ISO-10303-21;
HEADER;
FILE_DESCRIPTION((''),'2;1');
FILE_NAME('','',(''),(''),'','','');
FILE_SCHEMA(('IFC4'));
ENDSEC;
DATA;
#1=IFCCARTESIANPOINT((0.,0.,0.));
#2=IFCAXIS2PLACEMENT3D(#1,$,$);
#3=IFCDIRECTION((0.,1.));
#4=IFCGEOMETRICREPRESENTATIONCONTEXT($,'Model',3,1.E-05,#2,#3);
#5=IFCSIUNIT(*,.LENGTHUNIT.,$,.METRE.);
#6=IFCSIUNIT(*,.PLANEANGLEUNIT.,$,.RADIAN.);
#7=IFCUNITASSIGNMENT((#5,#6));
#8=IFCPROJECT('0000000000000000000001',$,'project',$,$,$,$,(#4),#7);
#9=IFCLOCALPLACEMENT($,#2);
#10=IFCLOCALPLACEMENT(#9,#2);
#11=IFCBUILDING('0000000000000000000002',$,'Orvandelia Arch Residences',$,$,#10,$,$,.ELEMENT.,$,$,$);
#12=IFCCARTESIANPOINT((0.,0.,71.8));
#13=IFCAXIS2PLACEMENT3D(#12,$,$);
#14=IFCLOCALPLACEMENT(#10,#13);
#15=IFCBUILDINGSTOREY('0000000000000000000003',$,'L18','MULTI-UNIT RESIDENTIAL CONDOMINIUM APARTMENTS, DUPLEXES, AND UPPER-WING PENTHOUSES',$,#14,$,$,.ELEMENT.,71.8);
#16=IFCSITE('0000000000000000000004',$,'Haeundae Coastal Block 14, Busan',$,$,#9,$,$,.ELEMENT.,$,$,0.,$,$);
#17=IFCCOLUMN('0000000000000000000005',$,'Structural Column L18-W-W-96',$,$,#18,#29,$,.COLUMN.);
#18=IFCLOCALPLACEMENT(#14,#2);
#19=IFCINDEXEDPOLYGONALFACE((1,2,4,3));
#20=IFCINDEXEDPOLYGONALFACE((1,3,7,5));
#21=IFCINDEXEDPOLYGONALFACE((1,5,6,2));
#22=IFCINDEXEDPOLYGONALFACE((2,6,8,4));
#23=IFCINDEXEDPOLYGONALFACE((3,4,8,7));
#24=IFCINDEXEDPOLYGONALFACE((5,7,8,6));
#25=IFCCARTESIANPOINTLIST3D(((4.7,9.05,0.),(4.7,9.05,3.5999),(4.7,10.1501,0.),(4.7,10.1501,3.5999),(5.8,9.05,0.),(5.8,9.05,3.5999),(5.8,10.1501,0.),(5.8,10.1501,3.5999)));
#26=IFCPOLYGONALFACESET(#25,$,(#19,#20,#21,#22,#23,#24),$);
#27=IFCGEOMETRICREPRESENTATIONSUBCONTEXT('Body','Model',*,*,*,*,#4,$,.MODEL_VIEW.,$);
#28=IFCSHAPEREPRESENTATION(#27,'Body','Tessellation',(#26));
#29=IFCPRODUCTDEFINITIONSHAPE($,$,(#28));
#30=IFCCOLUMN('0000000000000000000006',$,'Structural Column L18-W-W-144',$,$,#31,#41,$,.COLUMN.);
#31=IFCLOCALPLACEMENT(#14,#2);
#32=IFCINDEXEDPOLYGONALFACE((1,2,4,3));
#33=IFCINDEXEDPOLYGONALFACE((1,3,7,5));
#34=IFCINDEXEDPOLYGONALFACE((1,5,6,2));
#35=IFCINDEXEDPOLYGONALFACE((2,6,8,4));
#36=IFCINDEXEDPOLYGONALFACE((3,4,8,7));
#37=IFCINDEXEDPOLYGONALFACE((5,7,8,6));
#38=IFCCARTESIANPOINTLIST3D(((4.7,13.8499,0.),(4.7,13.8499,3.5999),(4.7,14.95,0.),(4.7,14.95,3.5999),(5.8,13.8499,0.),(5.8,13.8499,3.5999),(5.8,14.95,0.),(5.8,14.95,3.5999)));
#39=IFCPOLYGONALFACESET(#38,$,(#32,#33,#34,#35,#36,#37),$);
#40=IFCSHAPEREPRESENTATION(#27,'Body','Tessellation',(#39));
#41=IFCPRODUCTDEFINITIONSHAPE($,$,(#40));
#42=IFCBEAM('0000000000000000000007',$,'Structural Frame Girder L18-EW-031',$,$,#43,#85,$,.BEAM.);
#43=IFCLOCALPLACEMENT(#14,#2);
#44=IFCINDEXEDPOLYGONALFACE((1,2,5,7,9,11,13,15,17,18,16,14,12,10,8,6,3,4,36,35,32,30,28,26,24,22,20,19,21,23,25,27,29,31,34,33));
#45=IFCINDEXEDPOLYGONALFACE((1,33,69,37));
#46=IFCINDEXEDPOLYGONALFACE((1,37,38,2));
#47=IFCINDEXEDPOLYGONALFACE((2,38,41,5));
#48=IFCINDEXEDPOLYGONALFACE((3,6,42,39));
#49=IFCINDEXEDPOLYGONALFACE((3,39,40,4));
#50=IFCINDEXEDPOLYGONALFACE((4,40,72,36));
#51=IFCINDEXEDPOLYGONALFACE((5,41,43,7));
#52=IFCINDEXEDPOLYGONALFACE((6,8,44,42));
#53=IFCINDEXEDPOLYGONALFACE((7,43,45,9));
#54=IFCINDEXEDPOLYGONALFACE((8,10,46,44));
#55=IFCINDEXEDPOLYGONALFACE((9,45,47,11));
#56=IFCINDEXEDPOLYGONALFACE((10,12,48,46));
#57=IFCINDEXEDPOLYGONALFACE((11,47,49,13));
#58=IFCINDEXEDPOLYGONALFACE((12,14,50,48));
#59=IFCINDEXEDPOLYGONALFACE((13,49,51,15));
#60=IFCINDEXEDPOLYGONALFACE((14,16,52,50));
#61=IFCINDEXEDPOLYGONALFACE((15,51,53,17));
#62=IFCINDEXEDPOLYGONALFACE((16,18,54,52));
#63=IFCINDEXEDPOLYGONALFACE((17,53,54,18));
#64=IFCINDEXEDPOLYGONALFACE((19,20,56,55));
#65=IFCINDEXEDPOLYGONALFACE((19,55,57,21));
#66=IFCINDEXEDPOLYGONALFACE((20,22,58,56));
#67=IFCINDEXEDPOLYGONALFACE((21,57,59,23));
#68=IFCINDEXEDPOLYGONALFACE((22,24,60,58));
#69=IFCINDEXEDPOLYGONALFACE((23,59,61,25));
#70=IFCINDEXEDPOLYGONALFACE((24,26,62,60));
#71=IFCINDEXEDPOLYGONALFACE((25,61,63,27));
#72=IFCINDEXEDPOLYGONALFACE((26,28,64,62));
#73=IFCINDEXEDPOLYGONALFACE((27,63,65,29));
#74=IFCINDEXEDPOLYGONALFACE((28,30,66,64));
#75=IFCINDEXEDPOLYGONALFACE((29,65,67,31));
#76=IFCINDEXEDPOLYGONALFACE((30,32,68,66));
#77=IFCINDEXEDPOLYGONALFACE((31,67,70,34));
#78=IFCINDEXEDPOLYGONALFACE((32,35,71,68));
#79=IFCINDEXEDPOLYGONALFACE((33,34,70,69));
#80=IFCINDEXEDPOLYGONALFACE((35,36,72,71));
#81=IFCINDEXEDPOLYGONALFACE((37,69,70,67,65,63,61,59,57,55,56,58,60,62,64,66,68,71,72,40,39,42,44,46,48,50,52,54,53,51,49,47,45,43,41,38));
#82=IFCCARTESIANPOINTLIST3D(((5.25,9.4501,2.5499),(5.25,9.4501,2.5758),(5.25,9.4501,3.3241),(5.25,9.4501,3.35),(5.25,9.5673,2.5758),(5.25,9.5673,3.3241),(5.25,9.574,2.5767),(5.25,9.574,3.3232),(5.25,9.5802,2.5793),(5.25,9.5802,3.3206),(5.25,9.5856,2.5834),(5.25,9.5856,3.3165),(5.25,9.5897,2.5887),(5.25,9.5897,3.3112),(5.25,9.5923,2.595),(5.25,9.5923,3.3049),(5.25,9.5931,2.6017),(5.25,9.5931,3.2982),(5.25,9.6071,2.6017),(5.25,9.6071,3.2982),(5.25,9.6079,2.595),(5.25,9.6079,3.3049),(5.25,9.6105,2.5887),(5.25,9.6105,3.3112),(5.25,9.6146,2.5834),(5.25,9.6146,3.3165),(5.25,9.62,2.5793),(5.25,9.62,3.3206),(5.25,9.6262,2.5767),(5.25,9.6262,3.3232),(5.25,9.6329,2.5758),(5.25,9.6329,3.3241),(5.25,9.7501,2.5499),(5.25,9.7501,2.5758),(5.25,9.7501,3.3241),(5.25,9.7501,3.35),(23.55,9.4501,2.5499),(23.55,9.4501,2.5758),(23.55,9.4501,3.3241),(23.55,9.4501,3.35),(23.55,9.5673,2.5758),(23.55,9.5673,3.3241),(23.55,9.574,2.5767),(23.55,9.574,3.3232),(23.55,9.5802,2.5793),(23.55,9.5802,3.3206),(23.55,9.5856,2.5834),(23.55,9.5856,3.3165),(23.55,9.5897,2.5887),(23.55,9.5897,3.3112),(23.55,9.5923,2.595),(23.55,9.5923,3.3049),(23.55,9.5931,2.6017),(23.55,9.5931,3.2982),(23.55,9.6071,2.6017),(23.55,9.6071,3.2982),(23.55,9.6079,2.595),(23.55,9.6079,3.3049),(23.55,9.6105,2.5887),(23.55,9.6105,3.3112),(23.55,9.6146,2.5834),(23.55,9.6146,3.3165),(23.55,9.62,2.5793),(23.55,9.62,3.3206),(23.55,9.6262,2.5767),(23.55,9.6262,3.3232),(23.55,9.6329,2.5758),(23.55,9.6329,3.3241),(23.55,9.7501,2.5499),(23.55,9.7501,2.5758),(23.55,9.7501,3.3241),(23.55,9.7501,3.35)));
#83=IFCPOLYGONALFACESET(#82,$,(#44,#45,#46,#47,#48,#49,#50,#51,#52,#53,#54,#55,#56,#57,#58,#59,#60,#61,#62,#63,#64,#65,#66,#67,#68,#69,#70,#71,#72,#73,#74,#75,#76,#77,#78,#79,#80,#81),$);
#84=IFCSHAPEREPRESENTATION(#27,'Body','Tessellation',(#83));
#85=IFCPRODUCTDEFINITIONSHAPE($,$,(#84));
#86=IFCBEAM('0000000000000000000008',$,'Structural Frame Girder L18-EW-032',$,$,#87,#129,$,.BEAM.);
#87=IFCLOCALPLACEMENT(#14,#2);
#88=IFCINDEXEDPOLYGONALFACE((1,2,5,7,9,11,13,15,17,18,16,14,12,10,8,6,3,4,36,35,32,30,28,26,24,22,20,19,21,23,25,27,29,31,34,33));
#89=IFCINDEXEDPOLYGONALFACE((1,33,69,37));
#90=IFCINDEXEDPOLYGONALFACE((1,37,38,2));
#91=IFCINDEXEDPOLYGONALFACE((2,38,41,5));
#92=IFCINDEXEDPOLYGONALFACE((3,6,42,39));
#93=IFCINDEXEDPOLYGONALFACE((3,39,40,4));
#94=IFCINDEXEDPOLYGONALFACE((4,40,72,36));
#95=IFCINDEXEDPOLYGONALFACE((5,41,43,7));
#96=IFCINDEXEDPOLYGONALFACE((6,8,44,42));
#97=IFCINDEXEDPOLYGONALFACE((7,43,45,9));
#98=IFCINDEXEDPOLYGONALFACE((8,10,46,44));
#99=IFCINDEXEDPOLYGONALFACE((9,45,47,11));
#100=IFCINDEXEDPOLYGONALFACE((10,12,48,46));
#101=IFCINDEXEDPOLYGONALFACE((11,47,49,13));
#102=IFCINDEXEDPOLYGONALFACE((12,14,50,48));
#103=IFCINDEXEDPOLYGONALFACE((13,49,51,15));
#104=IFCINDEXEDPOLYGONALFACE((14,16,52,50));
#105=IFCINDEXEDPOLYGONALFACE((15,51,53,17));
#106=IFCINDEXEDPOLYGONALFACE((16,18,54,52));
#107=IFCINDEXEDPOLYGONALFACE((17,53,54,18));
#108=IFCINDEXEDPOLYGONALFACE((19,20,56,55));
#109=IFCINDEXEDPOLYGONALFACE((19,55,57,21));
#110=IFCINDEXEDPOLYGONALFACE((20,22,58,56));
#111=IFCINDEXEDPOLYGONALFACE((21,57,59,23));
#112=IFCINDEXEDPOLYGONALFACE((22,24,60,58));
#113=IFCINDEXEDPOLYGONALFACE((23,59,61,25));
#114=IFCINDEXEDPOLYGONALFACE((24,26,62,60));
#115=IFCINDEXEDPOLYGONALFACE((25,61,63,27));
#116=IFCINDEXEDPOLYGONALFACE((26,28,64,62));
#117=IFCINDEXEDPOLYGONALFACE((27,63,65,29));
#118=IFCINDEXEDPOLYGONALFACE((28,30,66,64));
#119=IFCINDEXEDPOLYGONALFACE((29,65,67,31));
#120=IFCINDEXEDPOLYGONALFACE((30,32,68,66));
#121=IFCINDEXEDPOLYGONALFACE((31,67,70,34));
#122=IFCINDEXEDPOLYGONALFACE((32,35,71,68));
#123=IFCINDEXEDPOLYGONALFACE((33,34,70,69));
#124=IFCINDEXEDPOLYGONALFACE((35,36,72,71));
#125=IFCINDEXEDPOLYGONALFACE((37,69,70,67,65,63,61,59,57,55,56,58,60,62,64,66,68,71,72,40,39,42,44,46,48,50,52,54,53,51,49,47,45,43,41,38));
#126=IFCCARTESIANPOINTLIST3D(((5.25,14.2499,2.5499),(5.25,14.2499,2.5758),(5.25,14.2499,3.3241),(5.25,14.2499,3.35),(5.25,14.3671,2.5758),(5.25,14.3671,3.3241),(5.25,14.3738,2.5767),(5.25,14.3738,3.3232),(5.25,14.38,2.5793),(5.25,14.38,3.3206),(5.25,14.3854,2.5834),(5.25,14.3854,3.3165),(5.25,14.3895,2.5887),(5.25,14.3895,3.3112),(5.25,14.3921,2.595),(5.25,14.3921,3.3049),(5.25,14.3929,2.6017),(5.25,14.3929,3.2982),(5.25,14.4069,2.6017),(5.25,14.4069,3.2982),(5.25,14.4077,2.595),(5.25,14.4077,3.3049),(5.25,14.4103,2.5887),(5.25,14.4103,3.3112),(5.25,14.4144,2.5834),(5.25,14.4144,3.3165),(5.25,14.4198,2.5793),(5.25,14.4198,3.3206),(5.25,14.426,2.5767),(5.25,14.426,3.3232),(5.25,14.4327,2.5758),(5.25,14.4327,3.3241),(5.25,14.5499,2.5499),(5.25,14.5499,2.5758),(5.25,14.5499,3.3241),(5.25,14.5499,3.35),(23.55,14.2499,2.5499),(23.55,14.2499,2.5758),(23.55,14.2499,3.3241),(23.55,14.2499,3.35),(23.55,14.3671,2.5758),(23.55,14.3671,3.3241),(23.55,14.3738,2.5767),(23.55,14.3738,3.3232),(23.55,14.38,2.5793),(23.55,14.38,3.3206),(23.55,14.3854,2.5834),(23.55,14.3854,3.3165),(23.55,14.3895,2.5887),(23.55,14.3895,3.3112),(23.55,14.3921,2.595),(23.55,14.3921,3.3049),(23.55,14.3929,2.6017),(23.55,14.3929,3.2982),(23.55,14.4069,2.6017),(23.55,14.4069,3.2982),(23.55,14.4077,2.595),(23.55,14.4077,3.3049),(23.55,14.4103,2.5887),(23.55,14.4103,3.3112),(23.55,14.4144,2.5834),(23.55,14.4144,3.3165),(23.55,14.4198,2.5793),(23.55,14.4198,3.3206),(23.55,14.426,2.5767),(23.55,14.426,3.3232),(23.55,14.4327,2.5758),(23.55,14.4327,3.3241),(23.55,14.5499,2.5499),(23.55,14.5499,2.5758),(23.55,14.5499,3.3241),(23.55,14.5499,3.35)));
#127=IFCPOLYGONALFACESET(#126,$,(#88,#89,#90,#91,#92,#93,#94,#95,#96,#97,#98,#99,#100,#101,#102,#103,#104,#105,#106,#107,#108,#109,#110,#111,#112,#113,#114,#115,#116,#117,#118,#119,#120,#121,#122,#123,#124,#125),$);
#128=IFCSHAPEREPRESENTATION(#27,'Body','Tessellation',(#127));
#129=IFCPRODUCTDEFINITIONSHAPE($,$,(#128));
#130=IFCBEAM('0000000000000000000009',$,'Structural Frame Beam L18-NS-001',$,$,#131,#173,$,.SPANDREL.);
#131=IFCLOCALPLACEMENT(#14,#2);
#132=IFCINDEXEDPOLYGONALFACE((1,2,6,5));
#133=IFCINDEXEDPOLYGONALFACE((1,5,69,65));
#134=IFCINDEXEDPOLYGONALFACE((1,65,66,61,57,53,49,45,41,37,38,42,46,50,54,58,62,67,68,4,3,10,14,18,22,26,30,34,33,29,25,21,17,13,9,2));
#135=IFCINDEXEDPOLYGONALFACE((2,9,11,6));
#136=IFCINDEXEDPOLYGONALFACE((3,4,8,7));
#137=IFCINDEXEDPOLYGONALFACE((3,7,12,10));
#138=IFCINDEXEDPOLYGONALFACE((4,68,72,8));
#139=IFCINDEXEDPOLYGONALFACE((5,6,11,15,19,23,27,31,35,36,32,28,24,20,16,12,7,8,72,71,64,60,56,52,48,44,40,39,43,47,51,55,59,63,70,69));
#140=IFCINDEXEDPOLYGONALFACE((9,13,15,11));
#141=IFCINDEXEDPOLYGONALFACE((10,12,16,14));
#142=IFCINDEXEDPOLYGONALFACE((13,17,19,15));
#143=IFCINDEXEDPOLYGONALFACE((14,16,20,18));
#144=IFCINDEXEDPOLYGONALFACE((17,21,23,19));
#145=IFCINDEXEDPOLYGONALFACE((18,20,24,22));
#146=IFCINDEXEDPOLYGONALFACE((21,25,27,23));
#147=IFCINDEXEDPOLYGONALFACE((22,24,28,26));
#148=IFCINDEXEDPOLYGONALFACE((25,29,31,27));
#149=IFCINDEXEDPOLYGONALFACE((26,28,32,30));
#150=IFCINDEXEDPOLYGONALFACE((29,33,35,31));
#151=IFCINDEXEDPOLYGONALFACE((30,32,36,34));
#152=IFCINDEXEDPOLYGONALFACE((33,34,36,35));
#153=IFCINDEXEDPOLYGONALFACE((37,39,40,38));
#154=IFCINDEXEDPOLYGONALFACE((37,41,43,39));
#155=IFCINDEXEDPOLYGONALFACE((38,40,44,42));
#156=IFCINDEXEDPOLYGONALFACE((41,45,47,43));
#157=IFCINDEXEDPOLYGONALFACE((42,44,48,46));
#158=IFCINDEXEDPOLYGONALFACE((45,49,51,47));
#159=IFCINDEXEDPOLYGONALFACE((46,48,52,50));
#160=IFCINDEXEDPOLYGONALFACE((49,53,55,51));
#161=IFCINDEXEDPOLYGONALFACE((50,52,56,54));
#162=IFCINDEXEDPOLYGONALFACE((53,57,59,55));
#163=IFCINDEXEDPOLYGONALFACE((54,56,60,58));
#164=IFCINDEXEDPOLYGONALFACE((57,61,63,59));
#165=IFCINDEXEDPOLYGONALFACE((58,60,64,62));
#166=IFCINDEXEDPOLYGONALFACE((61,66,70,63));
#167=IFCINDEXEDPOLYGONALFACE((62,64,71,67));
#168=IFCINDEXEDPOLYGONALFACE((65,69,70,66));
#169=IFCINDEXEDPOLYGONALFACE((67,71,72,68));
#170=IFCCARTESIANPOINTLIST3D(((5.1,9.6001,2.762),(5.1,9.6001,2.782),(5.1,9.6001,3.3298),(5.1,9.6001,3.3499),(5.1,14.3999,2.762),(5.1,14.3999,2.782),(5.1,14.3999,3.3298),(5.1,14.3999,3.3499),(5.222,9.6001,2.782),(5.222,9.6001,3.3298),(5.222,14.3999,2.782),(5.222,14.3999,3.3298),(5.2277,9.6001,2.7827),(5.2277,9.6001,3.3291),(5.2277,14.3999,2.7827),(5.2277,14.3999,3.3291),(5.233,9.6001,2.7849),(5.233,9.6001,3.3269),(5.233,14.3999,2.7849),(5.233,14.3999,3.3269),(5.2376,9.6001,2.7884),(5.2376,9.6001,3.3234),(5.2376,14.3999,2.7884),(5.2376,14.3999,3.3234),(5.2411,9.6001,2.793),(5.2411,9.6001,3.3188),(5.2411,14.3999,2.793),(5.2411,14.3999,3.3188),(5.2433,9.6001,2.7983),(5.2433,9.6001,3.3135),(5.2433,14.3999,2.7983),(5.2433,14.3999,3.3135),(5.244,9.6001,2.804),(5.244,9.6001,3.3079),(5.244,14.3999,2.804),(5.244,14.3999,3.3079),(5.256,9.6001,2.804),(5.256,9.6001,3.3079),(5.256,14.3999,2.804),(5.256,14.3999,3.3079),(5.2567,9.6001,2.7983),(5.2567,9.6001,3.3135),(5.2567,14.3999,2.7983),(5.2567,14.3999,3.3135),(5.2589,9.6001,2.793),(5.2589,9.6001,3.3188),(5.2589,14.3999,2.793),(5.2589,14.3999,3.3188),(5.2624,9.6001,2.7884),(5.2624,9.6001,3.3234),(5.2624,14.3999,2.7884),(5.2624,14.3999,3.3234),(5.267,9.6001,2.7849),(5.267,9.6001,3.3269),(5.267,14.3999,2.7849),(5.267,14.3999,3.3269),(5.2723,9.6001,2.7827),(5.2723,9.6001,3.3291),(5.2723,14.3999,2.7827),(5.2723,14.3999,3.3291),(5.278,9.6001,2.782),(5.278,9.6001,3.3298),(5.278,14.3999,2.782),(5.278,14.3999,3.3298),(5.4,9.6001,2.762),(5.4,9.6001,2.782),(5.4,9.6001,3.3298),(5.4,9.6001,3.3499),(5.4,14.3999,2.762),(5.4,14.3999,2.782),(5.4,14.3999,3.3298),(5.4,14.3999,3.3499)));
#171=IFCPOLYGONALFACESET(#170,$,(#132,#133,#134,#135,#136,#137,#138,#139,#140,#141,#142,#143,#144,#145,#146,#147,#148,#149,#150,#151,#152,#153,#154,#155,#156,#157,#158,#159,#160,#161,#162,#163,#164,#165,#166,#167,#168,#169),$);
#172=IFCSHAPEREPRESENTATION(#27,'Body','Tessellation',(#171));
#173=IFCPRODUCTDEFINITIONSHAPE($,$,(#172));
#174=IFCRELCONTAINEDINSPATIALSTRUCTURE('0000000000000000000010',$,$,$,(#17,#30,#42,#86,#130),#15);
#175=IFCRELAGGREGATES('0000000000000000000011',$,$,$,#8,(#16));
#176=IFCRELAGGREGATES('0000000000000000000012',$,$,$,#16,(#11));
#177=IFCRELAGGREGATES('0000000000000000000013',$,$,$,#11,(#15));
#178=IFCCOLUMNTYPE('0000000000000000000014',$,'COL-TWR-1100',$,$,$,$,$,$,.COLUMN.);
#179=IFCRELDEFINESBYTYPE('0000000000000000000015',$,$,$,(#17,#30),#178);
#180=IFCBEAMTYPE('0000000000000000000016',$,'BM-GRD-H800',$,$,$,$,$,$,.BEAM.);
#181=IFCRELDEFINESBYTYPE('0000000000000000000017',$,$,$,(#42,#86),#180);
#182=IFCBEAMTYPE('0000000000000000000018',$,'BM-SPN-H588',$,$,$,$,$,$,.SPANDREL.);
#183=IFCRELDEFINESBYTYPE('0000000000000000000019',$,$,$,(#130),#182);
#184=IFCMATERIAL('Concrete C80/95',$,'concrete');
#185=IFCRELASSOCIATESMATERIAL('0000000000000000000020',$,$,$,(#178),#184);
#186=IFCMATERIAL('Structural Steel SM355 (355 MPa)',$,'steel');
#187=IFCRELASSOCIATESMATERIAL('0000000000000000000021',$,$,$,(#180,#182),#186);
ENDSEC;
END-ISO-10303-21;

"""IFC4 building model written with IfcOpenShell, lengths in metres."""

from ifc_helpers import new_model, si_unit, direction, frame, origin, origin_2d, place, context, subcontext, project, spatial, rectangle, i_section, extrude, material, material_profile, profile_set, type_object, element, save


model = new_model("IFC4")

# Units and contexts
model_context = context("Model", 3, precision=1e-05, world=origin(), true_north=direction((0.0, 1.0)))
body_context = subcontext(model_context, "Body", "Model", "MODEL_VIEW")
ifc_project = project(units=[si_unit("LENGTHUNIT", "METRE"), si_unit("PLANEANGLEUNIT", "RADIAN")], contexts=[model_context])

# Site, building, storey
site_placement = place(None, origin())
site = spatial("IfcSite", under=ifc_project, at=site_placement, Name="Haeundae Coastal Block 14, Busan", CompositionType="ELEMENT", RefElevation=0.0)
building_placement = place(site_placement, origin())
building = spatial("IfcBuilding", under=site, at=building_placement, Name="Orvandelia Arch Residences", CompositionType="ELEMENT")
storey_placement = place(building_placement, frame((0.0, 0.0, 71.8)))
storey = spatial("IfcBuildingStorey", under=building, at=storey_placement, Name="L18", Description="MULTI-UNIT RESIDENTIAL CONDOMINIUM APARTMENTS, DUPLEXES, AND UPPER-WING PENTHOUSES", CompositionType="ELEMENT", Elevation=71.8)

# Columns
ifc_material_1 = material(Name="Concrete C80/95", Category="concrete")
ifc_material_profile_1 = material_profile(ifc_material_1, rectangle(XDim=1.1001, YDim=1.1001, at=origin_2d()), Name="Concrete C80/95", Category="concrete")
ifc_profile_set_1 = profile_set([ifc_material_profile_1], Name="Concrete C80/95")
column_type = type_object("IfcColumnType", Name="COL-TWR-1100", PredefinedType="COLUMN", material=ifc_profile_set_1)
for number, where, z_axis, x_axis, name in (
    (1, (5.25, 9.6001, 0.0), (0.0, 0.0, 1.0), (1.0, 0.0, 0.0), "Structural Column L18-W-W-96"),
    (2, (5.25, 14.3999, 0.0), (0.0, 0.0, 1.0), (1.0, 0.0, 0.0), "Structural Column L18-W-W-144"),
):
    element("IfcColumn", number, at=place(storey_placement, frame(where, z_axis=z_axis, x_axis=x_axis)), inside=storey, type_object=column_type, Name=name, PredefinedType="COLUMN", context=body_context, shape_type="SweptSolid", body=[
        extrude(rectangle(XDim=1.1001, YDim=1.1001, at=origin_2d()), origin(), (0.0, 0.0, 1.0), 3.5999),
    ])

# Beams
ifc_material_2 = material(Name="Structural Steel SM355 (355 MPa)", Category="steel")
ifc_material_profile_2 = material_profile(ifc_material_2, i_section(OverallWidth=0.3, OverallDepth=0.8, WebThickness=0.0139, FlangeThickness=0.0259, FilletRadius=0.0259, at=origin_2d()), Name="Structural Steel SM355 (355 MPa)", Category="steel")
ifc_profile_set_2 = profile_set([ifc_material_profile_2], Name="Structural Steel SM355 (355 MPa)")
beam_type_1 = type_object("IfcBeamType", Name="BM-GRD-H800", PredefinedType="BEAM", material=ifc_profile_set_2)
for number, where, z_axis, x_axis, name in (
    (3, (5.25, 9.6001, 2.95), (1.0, 0.0, 0.0), (0.0, 1.0, 0.0), "Structural Frame Girder L18-EW-031"),
    (4, (5.25, 14.3999, 2.95), (1.0, 0.0, 0.0), (0.0, 1.0, 0.0), "Structural Frame Girder L18-EW-032"),
):
    element("IfcBeam", number, at=place(storey_placement, frame(where, z_axis=z_axis, x_axis=x_axis)), inside=storey, type_object=beam_type_1, Name=name, PredefinedType="BEAM", context=body_context, shape_type="SweptSolid", body=[
        extrude(i_section(OverallWidth=0.3, OverallDepth=0.8, WebThickness=0.0139, FlangeThickness=0.0259, FilletRadius=0.0259, at=origin_2d()), origin(), (0.0, 0.0, 1.0), 18.3),
    ])
ifc_material_profile_3 = material_profile(ifc_material_2, i_section(OverallWidth=0.3, OverallDepth=0.5879, WebThickness=0.012, FlangeThickness=0.02, FilletRadius=0.022, at=origin_2d()), Name="Structural Steel SM355 (355 MPa)", Category="steel")
ifc_profile_set_3 = profile_set([ifc_material_profile_3], Name="Structural Steel SM355 (355 MPa)")
beam_type_2 = type_object("IfcBeamType", Name="BM-SPN-H588", PredefinedType="SPANDREL", material=ifc_profile_set_3)
beam_1_placement = place(storey_placement, frame((5.25, 9.6001, 3.0559), z_axis=(0.0, 1.0, 0.0), x_axis=(-1.0, 0.0, 0.0)))
element("IfcBeam", 5, at=beam_1_placement, inside=storey, type_object=beam_type_2, Name="Structural Frame Beam L18-NS-001", PredefinedType="SPANDREL", context=body_context, shape_type="SweptSolid", body=[
    extrude(i_section(OverallWidth=0.3, OverallDepth=0.5879, WebThickness=0.012, FlangeThickness=0.02, FilletRadius=0.022, at=origin_2d()), origin(), (0.0, 0.0, 1.0), 4.7998),
])

save(model, "model.ifc")
